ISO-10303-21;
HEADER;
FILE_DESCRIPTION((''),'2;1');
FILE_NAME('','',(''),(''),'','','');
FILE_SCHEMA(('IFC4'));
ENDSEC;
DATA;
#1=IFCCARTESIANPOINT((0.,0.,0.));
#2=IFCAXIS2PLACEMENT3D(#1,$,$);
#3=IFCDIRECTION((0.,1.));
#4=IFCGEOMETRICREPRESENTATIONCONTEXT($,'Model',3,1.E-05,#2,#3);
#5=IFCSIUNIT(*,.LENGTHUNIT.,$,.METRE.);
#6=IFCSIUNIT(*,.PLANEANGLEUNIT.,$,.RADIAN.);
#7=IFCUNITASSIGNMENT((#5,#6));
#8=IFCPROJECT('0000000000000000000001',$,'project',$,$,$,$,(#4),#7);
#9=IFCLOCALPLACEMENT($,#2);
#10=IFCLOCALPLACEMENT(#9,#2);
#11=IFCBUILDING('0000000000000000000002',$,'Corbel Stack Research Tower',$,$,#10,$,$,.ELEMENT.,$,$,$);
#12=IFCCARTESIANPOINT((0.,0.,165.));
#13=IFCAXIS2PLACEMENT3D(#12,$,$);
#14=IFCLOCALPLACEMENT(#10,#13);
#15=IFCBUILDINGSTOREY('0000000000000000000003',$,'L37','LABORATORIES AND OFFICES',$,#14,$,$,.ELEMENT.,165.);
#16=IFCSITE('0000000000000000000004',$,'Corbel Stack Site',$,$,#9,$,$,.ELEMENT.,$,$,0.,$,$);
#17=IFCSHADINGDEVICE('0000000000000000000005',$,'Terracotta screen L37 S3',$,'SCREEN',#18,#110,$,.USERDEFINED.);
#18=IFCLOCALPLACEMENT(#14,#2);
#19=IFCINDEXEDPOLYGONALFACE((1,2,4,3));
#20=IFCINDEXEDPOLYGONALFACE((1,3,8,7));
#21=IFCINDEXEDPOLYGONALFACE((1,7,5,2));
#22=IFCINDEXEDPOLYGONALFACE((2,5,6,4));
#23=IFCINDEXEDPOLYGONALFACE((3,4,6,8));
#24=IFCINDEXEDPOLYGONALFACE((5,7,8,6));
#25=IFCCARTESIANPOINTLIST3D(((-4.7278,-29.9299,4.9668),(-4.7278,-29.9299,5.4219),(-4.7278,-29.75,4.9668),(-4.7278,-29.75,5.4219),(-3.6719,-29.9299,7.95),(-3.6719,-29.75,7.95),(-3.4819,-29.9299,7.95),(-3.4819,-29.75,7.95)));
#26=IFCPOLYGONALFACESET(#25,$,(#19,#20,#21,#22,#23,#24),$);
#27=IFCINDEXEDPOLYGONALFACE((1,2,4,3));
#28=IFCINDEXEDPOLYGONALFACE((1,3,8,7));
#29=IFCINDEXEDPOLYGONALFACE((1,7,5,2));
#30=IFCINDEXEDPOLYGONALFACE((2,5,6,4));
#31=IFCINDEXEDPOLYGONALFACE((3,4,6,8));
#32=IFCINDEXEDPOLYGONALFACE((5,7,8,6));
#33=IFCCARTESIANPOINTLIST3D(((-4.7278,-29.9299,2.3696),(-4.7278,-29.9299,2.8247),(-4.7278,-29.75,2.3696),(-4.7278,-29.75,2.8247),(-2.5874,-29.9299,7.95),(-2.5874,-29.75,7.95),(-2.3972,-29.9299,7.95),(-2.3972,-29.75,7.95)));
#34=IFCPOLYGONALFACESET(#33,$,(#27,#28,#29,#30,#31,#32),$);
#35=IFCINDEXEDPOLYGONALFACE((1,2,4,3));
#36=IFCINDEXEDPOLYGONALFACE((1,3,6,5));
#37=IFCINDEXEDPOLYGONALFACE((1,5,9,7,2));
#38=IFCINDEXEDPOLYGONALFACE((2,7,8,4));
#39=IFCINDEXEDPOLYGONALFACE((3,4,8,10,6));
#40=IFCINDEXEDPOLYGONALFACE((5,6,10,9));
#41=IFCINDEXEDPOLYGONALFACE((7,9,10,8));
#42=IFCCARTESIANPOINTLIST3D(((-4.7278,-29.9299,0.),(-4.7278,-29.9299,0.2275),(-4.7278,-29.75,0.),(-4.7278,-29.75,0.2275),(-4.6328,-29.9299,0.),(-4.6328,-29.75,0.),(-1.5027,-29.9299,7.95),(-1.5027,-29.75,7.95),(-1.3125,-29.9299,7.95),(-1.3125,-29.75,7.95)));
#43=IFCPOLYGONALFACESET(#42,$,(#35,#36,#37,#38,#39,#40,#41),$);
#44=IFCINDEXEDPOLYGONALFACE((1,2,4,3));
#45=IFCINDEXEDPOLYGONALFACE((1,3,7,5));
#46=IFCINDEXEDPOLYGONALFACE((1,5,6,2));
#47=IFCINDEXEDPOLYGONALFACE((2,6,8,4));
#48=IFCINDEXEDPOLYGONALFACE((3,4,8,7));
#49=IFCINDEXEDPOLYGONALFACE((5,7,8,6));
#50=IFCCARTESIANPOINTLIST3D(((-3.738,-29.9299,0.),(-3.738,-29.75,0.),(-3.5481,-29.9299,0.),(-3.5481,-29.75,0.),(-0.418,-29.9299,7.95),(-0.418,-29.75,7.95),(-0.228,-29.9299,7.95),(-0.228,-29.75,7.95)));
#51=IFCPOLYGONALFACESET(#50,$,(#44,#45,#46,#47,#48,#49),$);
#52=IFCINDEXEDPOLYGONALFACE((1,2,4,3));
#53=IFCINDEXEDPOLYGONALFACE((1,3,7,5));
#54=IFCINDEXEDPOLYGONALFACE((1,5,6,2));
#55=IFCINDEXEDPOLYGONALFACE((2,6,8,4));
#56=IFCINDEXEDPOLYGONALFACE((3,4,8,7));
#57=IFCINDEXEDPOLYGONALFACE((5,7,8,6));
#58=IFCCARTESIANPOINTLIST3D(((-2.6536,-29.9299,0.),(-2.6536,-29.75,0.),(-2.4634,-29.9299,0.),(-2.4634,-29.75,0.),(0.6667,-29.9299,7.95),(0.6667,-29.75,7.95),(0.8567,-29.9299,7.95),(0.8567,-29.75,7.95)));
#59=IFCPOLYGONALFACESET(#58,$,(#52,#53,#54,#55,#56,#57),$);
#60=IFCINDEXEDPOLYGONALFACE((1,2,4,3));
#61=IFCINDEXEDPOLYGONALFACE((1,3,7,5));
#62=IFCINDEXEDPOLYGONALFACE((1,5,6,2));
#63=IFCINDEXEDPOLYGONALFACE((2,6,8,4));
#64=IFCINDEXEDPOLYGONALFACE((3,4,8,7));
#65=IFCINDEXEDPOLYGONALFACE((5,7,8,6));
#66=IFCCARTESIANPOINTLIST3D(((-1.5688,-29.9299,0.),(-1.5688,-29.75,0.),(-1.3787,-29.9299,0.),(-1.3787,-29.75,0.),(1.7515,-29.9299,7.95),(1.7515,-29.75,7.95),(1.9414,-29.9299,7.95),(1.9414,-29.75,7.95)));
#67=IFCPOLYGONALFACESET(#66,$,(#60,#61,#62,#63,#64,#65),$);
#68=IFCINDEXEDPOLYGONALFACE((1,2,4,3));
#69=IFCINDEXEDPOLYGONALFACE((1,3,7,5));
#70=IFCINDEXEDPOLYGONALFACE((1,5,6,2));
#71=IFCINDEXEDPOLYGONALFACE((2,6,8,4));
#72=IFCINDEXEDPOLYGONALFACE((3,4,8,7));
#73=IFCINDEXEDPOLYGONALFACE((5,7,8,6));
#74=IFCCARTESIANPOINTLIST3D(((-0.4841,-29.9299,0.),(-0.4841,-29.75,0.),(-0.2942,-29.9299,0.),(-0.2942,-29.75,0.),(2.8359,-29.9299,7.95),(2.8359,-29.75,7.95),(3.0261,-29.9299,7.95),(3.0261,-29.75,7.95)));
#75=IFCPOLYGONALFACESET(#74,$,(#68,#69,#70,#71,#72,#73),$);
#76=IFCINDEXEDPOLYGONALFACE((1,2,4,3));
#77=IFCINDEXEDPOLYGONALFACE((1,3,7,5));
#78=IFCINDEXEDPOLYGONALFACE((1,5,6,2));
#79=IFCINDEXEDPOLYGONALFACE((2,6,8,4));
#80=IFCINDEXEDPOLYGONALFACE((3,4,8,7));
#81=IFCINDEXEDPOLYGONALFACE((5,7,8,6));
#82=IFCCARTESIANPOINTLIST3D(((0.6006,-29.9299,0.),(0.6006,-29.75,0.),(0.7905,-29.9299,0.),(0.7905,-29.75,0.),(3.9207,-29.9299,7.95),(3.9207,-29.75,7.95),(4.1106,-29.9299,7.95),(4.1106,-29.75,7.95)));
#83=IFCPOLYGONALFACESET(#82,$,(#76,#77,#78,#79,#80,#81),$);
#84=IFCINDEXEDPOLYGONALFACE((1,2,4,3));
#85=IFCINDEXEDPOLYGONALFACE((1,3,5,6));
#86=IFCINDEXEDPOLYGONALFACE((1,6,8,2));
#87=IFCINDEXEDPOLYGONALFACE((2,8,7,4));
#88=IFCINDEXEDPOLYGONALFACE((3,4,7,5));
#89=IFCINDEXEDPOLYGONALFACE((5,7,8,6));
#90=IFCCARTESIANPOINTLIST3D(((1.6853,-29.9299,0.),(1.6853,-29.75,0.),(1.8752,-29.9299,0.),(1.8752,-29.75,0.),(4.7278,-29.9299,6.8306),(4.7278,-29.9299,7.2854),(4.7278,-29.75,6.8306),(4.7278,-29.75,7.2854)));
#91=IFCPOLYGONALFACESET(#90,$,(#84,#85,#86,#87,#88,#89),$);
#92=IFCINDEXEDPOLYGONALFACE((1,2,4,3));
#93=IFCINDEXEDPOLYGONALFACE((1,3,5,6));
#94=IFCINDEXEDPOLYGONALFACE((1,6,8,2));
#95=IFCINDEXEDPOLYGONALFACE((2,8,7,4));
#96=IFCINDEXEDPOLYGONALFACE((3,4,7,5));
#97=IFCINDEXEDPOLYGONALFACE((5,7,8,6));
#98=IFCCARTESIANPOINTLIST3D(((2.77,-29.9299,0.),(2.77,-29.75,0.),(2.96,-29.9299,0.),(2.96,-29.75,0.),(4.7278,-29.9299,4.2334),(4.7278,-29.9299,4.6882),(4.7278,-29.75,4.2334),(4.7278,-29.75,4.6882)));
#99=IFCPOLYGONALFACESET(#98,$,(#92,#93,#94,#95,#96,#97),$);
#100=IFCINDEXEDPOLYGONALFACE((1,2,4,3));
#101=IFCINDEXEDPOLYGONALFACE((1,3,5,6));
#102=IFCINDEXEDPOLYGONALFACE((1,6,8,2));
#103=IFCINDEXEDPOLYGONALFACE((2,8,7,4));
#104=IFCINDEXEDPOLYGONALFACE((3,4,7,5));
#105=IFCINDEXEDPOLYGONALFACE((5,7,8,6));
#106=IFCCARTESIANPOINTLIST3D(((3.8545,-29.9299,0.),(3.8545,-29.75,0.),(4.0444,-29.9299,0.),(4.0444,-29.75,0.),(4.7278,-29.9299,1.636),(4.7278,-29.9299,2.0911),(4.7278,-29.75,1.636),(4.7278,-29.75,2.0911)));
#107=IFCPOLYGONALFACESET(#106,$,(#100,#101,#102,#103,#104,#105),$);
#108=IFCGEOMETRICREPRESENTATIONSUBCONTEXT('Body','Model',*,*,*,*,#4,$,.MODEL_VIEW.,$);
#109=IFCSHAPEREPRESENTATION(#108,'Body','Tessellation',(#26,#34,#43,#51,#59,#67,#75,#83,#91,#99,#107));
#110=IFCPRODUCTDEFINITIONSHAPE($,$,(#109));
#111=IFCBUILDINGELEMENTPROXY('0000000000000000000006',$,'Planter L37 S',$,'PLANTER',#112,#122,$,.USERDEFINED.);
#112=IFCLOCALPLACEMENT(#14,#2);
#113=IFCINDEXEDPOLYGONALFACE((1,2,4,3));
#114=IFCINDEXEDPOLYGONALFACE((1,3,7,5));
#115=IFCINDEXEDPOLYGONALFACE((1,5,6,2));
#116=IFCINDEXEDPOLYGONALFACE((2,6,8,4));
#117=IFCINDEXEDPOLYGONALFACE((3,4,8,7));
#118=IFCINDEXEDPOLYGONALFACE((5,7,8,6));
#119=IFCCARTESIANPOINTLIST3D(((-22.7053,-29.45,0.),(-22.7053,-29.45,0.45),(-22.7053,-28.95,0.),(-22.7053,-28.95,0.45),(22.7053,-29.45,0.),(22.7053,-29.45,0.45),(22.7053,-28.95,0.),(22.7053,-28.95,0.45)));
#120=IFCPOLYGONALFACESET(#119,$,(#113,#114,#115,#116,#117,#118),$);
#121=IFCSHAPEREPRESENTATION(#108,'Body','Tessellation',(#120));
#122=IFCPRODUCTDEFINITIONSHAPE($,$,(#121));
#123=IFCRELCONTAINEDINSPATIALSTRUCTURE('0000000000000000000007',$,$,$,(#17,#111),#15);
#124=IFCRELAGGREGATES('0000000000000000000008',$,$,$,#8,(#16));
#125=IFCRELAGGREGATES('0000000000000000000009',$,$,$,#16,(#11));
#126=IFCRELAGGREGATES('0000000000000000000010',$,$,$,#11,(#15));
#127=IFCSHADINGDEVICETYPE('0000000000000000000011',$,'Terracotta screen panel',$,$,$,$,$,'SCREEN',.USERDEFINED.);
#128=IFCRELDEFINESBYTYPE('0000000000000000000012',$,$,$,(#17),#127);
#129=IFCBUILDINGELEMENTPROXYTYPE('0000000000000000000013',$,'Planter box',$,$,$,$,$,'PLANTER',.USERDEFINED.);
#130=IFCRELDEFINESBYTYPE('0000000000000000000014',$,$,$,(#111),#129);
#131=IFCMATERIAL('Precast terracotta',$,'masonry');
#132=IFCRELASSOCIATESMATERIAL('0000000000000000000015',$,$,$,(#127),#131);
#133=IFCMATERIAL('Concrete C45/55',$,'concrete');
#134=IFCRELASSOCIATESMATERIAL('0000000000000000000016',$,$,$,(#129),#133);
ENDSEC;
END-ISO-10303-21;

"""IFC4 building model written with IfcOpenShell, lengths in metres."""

from ifc_helpers import new_model, si_unit, direction, frame, origin, origin_2d, place, context, subcontext, project, spatial, polyline, rectangle, outline, extrude, source, transform, mapped, material, type_object, element, save


model = new_model("IFC4")

# Units and contexts
model_context = context("Model", 3, precision=1e-05, world=origin(), true_north=direction((0.0, 1.0)))
body_context = subcontext(model_context, "Body", "Model", "MODEL_VIEW")
ifc_project = project(units=[si_unit("LENGTHUNIT", "METRE"), si_unit("PLANEANGLEUNIT", "RADIAN")], contexts=[model_context])

# Site, building, storey
site_placement = place(None, origin())
site = spatial("IfcSite", under=ifc_project, at=site_placement, Name="Corbel Stack Site", CompositionType="ELEMENT", RefElevation=0.0)
building_placement = place(site_placement, origin())
building = spatial("IfcBuilding", under=site, at=building_placement, Name="Corbel Stack Research Tower", CompositionType="ELEMENT")
storey_placement = place(building_placement, frame((0.0, 0.0, 165.0)))
storey = spatial("IfcBuildingStorey", under=building, at=storey_placement, Name="L37", Description="LABORATORIES AND OFFICES", CompositionType="ELEMENT", Elevation=165.0)

# Shading device
ifc_material_1 = material(Name="Precast terracotta", Category="masonry")
shading_device_type = type_object("IfcShadingDeviceType", Name="Terracotta screen panel", ElementType="SCREEN", PredefinedType="USERDEFINED", material=ifc_material_1)
shared_shape = source(origin(), body_context, "Body", "SweptSolid", [
    extrude(outline(polyline([(1.2458, 7.95), (1.0559, 7.95), (0.0, 5.4219), (0.0, 4.9668), (1.2458, 7.95)])), frame((0.0, 0.0, 0.0), z_axis=(0.0, -1.0, 0.0), x_axis=(1.0, 0.0, 0.0)), (0.0, 0.0, 1.0), 0.1799),
    extrude(outline(polyline([(2.3306, 7.95), (2.1404, 7.95), (0.0, 2.8247), (0.0, 2.3696), (2.3306, 7.95)])), frame((0.0, 0.0, 0.0), z_axis=(0.0, -1.0, 0.0), x_axis=(1.0, 0.0, 0.0)), (0.0, 0.0, 1.0), 0.1799),
    extrude(outline(polyline([(0.095, 0.0), (3.4153, 7.95), (3.2251, 7.95), (0.0, 0.2275), (0.0, 0.0), (0.095, 0.0)])), frame((0.0, 0.0, 0.0), z_axis=(0.0, -1.0, 0.0), x_axis=(1.0, 0.0, 0.0)), (0.0, 0.0, 1.0), 0.1799),
    extrude(outline(polyline([(1.1797, 0.0), (4.4998, 7.95), (4.3098, 7.95), (0.9897, 0.0), (1.1797, 0.0)])), frame((0.0, 0.0, 0.0), z_axis=(0.0, -1.0, 0.0), x_axis=(1.0, 0.0, 0.0)), (0.0, 0.0, 1.0), 0.1799),
    extrude(outline(polyline([(2.2644, 0.0), (5.5845, 7.95), (5.3945, 7.95), (2.0742, 0.0), (2.2644, 0.0)])), frame((0.0, 0.0, 0.0), z_axis=(0.0, -1.0, 0.0), x_axis=(1.0, 0.0, 0.0)), (0.0, 0.0, 1.0), 0.1799),
    extrude(outline(polyline([(3.3491, 0.0), (6.6692, 7.95), (6.4792, 7.95), (3.1589, 0.0), (3.3491, 0.0)])), frame((0.0, 0.0, 0.0), z_axis=(0.0, -1.0, 0.0), x_axis=(1.0, 0.0, 0.0)), (0.0, 0.0, 1.0), 0.1799),
    extrude(outline(polyline([(4.4336, 0.0), (7.7539, 7.95), (7.5637, 7.95), (4.2437, 0.0), (4.4336, 0.0)])), frame((0.0, 0.0, 0.0), z_axis=(0.0, -1.0, 0.0), x_axis=(1.0, 0.0, 0.0)), (0.0, 0.0, 1.0), 0.1799),
    extrude(outline(polyline([(5.5183, 0.0), (8.8384, 7.95), (8.6484, 7.95), (5.3284, 0.0), (5.5183, 0.0)])), frame((0.0, 0.0, 0.0), z_axis=(0.0, -1.0, 0.0), x_axis=(1.0, 0.0, 0.0)), (0.0, 0.0, 1.0), 0.1799),
    extrude(outline(polyline([(6.603, 0.0), (9.4556, 6.8306), (9.4556, 7.2854), (6.4131, 0.0), (6.603, 0.0)])), frame((0.0, 0.0, 0.0), z_axis=(0.0, -1.0, 0.0), x_axis=(1.0, 0.0, 0.0)), (0.0, 0.0, 1.0), 0.1799),
    extrude(outline(polyline([(7.6877, 0.0), (9.4556, 4.2334), (9.4556, 4.6882), (7.4978, 0.0), (7.6877, 0.0)])), frame((0.0, 0.0, 0.0), z_axis=(0.0, -1.0, 0.0), x_axis=(1.0, 0.0, 0.0)), (0.0, 0.0, 1.0), 0.1799),
    extrude(outline(polyline([(8.7722, 0.0), (9.4556, 1.636), (9.4556, 2.0911), (8.5823, 0.0), (8.7722, 0.0)])), frame((0.0, 0.0, 0.0), z_axis=(0.0, -1.0, 0.0), x_axis=(1.0, 0.0, 0.0)), (0.0, 0.0, 1.0), 0.1799),
])
shading_device_placement = place(storey_placement, frame((-4.7278, -29.75, 0.0), z_axis=(0.0, 0.0, 1.0), x_axis=(1.0, 0.0, 0.0)))
element("IfcShadingDevice", 1, at=shading_device_placement, inside=storey, type_object=shading_device_type, Name="Terracotta screen L37 S3", ObjectType="SCREEN", PredefinedType="USERDEFINED", context=body_context, shape_type="MappedRepresentation", body=[
    mapped(shared_shape, transform((0.0, 0.0, 0.0))),
])

# Building element proxy
ifc_material_2 = material(Name="Concrete C45/55", Category="concrete")
building_element_proxy_type = type_object("IfcBuildingElementProxyType", Name="Planter box", ElementType="PLANTER", PredefinedType="USERDEFINED", material=ifc_material_2)
proxy_placement = place(storey_placement, frame((0.0, -29.2, 0.0), z_axis=(0.0, 0.0, 1.0), x_axis=(1.0, 0.0, 0.0)))
element("IfcBuildingElementProxy", 2, at=proxy_placement, inside=storey, type_object=building_element_proxy_type, Name="Planter L37 S", ObjectType="PLANTER", PredefinedType="USERDEFINED", context=body_context, shape_type="SweptSolid", body=[
    extrude(rectangle(XDim=45.4106, YDim=0.5, at=origin_2d()), origin(), (0.0, 0.0, 1.0), 0.45),
])

save(model, "model.ifc")
